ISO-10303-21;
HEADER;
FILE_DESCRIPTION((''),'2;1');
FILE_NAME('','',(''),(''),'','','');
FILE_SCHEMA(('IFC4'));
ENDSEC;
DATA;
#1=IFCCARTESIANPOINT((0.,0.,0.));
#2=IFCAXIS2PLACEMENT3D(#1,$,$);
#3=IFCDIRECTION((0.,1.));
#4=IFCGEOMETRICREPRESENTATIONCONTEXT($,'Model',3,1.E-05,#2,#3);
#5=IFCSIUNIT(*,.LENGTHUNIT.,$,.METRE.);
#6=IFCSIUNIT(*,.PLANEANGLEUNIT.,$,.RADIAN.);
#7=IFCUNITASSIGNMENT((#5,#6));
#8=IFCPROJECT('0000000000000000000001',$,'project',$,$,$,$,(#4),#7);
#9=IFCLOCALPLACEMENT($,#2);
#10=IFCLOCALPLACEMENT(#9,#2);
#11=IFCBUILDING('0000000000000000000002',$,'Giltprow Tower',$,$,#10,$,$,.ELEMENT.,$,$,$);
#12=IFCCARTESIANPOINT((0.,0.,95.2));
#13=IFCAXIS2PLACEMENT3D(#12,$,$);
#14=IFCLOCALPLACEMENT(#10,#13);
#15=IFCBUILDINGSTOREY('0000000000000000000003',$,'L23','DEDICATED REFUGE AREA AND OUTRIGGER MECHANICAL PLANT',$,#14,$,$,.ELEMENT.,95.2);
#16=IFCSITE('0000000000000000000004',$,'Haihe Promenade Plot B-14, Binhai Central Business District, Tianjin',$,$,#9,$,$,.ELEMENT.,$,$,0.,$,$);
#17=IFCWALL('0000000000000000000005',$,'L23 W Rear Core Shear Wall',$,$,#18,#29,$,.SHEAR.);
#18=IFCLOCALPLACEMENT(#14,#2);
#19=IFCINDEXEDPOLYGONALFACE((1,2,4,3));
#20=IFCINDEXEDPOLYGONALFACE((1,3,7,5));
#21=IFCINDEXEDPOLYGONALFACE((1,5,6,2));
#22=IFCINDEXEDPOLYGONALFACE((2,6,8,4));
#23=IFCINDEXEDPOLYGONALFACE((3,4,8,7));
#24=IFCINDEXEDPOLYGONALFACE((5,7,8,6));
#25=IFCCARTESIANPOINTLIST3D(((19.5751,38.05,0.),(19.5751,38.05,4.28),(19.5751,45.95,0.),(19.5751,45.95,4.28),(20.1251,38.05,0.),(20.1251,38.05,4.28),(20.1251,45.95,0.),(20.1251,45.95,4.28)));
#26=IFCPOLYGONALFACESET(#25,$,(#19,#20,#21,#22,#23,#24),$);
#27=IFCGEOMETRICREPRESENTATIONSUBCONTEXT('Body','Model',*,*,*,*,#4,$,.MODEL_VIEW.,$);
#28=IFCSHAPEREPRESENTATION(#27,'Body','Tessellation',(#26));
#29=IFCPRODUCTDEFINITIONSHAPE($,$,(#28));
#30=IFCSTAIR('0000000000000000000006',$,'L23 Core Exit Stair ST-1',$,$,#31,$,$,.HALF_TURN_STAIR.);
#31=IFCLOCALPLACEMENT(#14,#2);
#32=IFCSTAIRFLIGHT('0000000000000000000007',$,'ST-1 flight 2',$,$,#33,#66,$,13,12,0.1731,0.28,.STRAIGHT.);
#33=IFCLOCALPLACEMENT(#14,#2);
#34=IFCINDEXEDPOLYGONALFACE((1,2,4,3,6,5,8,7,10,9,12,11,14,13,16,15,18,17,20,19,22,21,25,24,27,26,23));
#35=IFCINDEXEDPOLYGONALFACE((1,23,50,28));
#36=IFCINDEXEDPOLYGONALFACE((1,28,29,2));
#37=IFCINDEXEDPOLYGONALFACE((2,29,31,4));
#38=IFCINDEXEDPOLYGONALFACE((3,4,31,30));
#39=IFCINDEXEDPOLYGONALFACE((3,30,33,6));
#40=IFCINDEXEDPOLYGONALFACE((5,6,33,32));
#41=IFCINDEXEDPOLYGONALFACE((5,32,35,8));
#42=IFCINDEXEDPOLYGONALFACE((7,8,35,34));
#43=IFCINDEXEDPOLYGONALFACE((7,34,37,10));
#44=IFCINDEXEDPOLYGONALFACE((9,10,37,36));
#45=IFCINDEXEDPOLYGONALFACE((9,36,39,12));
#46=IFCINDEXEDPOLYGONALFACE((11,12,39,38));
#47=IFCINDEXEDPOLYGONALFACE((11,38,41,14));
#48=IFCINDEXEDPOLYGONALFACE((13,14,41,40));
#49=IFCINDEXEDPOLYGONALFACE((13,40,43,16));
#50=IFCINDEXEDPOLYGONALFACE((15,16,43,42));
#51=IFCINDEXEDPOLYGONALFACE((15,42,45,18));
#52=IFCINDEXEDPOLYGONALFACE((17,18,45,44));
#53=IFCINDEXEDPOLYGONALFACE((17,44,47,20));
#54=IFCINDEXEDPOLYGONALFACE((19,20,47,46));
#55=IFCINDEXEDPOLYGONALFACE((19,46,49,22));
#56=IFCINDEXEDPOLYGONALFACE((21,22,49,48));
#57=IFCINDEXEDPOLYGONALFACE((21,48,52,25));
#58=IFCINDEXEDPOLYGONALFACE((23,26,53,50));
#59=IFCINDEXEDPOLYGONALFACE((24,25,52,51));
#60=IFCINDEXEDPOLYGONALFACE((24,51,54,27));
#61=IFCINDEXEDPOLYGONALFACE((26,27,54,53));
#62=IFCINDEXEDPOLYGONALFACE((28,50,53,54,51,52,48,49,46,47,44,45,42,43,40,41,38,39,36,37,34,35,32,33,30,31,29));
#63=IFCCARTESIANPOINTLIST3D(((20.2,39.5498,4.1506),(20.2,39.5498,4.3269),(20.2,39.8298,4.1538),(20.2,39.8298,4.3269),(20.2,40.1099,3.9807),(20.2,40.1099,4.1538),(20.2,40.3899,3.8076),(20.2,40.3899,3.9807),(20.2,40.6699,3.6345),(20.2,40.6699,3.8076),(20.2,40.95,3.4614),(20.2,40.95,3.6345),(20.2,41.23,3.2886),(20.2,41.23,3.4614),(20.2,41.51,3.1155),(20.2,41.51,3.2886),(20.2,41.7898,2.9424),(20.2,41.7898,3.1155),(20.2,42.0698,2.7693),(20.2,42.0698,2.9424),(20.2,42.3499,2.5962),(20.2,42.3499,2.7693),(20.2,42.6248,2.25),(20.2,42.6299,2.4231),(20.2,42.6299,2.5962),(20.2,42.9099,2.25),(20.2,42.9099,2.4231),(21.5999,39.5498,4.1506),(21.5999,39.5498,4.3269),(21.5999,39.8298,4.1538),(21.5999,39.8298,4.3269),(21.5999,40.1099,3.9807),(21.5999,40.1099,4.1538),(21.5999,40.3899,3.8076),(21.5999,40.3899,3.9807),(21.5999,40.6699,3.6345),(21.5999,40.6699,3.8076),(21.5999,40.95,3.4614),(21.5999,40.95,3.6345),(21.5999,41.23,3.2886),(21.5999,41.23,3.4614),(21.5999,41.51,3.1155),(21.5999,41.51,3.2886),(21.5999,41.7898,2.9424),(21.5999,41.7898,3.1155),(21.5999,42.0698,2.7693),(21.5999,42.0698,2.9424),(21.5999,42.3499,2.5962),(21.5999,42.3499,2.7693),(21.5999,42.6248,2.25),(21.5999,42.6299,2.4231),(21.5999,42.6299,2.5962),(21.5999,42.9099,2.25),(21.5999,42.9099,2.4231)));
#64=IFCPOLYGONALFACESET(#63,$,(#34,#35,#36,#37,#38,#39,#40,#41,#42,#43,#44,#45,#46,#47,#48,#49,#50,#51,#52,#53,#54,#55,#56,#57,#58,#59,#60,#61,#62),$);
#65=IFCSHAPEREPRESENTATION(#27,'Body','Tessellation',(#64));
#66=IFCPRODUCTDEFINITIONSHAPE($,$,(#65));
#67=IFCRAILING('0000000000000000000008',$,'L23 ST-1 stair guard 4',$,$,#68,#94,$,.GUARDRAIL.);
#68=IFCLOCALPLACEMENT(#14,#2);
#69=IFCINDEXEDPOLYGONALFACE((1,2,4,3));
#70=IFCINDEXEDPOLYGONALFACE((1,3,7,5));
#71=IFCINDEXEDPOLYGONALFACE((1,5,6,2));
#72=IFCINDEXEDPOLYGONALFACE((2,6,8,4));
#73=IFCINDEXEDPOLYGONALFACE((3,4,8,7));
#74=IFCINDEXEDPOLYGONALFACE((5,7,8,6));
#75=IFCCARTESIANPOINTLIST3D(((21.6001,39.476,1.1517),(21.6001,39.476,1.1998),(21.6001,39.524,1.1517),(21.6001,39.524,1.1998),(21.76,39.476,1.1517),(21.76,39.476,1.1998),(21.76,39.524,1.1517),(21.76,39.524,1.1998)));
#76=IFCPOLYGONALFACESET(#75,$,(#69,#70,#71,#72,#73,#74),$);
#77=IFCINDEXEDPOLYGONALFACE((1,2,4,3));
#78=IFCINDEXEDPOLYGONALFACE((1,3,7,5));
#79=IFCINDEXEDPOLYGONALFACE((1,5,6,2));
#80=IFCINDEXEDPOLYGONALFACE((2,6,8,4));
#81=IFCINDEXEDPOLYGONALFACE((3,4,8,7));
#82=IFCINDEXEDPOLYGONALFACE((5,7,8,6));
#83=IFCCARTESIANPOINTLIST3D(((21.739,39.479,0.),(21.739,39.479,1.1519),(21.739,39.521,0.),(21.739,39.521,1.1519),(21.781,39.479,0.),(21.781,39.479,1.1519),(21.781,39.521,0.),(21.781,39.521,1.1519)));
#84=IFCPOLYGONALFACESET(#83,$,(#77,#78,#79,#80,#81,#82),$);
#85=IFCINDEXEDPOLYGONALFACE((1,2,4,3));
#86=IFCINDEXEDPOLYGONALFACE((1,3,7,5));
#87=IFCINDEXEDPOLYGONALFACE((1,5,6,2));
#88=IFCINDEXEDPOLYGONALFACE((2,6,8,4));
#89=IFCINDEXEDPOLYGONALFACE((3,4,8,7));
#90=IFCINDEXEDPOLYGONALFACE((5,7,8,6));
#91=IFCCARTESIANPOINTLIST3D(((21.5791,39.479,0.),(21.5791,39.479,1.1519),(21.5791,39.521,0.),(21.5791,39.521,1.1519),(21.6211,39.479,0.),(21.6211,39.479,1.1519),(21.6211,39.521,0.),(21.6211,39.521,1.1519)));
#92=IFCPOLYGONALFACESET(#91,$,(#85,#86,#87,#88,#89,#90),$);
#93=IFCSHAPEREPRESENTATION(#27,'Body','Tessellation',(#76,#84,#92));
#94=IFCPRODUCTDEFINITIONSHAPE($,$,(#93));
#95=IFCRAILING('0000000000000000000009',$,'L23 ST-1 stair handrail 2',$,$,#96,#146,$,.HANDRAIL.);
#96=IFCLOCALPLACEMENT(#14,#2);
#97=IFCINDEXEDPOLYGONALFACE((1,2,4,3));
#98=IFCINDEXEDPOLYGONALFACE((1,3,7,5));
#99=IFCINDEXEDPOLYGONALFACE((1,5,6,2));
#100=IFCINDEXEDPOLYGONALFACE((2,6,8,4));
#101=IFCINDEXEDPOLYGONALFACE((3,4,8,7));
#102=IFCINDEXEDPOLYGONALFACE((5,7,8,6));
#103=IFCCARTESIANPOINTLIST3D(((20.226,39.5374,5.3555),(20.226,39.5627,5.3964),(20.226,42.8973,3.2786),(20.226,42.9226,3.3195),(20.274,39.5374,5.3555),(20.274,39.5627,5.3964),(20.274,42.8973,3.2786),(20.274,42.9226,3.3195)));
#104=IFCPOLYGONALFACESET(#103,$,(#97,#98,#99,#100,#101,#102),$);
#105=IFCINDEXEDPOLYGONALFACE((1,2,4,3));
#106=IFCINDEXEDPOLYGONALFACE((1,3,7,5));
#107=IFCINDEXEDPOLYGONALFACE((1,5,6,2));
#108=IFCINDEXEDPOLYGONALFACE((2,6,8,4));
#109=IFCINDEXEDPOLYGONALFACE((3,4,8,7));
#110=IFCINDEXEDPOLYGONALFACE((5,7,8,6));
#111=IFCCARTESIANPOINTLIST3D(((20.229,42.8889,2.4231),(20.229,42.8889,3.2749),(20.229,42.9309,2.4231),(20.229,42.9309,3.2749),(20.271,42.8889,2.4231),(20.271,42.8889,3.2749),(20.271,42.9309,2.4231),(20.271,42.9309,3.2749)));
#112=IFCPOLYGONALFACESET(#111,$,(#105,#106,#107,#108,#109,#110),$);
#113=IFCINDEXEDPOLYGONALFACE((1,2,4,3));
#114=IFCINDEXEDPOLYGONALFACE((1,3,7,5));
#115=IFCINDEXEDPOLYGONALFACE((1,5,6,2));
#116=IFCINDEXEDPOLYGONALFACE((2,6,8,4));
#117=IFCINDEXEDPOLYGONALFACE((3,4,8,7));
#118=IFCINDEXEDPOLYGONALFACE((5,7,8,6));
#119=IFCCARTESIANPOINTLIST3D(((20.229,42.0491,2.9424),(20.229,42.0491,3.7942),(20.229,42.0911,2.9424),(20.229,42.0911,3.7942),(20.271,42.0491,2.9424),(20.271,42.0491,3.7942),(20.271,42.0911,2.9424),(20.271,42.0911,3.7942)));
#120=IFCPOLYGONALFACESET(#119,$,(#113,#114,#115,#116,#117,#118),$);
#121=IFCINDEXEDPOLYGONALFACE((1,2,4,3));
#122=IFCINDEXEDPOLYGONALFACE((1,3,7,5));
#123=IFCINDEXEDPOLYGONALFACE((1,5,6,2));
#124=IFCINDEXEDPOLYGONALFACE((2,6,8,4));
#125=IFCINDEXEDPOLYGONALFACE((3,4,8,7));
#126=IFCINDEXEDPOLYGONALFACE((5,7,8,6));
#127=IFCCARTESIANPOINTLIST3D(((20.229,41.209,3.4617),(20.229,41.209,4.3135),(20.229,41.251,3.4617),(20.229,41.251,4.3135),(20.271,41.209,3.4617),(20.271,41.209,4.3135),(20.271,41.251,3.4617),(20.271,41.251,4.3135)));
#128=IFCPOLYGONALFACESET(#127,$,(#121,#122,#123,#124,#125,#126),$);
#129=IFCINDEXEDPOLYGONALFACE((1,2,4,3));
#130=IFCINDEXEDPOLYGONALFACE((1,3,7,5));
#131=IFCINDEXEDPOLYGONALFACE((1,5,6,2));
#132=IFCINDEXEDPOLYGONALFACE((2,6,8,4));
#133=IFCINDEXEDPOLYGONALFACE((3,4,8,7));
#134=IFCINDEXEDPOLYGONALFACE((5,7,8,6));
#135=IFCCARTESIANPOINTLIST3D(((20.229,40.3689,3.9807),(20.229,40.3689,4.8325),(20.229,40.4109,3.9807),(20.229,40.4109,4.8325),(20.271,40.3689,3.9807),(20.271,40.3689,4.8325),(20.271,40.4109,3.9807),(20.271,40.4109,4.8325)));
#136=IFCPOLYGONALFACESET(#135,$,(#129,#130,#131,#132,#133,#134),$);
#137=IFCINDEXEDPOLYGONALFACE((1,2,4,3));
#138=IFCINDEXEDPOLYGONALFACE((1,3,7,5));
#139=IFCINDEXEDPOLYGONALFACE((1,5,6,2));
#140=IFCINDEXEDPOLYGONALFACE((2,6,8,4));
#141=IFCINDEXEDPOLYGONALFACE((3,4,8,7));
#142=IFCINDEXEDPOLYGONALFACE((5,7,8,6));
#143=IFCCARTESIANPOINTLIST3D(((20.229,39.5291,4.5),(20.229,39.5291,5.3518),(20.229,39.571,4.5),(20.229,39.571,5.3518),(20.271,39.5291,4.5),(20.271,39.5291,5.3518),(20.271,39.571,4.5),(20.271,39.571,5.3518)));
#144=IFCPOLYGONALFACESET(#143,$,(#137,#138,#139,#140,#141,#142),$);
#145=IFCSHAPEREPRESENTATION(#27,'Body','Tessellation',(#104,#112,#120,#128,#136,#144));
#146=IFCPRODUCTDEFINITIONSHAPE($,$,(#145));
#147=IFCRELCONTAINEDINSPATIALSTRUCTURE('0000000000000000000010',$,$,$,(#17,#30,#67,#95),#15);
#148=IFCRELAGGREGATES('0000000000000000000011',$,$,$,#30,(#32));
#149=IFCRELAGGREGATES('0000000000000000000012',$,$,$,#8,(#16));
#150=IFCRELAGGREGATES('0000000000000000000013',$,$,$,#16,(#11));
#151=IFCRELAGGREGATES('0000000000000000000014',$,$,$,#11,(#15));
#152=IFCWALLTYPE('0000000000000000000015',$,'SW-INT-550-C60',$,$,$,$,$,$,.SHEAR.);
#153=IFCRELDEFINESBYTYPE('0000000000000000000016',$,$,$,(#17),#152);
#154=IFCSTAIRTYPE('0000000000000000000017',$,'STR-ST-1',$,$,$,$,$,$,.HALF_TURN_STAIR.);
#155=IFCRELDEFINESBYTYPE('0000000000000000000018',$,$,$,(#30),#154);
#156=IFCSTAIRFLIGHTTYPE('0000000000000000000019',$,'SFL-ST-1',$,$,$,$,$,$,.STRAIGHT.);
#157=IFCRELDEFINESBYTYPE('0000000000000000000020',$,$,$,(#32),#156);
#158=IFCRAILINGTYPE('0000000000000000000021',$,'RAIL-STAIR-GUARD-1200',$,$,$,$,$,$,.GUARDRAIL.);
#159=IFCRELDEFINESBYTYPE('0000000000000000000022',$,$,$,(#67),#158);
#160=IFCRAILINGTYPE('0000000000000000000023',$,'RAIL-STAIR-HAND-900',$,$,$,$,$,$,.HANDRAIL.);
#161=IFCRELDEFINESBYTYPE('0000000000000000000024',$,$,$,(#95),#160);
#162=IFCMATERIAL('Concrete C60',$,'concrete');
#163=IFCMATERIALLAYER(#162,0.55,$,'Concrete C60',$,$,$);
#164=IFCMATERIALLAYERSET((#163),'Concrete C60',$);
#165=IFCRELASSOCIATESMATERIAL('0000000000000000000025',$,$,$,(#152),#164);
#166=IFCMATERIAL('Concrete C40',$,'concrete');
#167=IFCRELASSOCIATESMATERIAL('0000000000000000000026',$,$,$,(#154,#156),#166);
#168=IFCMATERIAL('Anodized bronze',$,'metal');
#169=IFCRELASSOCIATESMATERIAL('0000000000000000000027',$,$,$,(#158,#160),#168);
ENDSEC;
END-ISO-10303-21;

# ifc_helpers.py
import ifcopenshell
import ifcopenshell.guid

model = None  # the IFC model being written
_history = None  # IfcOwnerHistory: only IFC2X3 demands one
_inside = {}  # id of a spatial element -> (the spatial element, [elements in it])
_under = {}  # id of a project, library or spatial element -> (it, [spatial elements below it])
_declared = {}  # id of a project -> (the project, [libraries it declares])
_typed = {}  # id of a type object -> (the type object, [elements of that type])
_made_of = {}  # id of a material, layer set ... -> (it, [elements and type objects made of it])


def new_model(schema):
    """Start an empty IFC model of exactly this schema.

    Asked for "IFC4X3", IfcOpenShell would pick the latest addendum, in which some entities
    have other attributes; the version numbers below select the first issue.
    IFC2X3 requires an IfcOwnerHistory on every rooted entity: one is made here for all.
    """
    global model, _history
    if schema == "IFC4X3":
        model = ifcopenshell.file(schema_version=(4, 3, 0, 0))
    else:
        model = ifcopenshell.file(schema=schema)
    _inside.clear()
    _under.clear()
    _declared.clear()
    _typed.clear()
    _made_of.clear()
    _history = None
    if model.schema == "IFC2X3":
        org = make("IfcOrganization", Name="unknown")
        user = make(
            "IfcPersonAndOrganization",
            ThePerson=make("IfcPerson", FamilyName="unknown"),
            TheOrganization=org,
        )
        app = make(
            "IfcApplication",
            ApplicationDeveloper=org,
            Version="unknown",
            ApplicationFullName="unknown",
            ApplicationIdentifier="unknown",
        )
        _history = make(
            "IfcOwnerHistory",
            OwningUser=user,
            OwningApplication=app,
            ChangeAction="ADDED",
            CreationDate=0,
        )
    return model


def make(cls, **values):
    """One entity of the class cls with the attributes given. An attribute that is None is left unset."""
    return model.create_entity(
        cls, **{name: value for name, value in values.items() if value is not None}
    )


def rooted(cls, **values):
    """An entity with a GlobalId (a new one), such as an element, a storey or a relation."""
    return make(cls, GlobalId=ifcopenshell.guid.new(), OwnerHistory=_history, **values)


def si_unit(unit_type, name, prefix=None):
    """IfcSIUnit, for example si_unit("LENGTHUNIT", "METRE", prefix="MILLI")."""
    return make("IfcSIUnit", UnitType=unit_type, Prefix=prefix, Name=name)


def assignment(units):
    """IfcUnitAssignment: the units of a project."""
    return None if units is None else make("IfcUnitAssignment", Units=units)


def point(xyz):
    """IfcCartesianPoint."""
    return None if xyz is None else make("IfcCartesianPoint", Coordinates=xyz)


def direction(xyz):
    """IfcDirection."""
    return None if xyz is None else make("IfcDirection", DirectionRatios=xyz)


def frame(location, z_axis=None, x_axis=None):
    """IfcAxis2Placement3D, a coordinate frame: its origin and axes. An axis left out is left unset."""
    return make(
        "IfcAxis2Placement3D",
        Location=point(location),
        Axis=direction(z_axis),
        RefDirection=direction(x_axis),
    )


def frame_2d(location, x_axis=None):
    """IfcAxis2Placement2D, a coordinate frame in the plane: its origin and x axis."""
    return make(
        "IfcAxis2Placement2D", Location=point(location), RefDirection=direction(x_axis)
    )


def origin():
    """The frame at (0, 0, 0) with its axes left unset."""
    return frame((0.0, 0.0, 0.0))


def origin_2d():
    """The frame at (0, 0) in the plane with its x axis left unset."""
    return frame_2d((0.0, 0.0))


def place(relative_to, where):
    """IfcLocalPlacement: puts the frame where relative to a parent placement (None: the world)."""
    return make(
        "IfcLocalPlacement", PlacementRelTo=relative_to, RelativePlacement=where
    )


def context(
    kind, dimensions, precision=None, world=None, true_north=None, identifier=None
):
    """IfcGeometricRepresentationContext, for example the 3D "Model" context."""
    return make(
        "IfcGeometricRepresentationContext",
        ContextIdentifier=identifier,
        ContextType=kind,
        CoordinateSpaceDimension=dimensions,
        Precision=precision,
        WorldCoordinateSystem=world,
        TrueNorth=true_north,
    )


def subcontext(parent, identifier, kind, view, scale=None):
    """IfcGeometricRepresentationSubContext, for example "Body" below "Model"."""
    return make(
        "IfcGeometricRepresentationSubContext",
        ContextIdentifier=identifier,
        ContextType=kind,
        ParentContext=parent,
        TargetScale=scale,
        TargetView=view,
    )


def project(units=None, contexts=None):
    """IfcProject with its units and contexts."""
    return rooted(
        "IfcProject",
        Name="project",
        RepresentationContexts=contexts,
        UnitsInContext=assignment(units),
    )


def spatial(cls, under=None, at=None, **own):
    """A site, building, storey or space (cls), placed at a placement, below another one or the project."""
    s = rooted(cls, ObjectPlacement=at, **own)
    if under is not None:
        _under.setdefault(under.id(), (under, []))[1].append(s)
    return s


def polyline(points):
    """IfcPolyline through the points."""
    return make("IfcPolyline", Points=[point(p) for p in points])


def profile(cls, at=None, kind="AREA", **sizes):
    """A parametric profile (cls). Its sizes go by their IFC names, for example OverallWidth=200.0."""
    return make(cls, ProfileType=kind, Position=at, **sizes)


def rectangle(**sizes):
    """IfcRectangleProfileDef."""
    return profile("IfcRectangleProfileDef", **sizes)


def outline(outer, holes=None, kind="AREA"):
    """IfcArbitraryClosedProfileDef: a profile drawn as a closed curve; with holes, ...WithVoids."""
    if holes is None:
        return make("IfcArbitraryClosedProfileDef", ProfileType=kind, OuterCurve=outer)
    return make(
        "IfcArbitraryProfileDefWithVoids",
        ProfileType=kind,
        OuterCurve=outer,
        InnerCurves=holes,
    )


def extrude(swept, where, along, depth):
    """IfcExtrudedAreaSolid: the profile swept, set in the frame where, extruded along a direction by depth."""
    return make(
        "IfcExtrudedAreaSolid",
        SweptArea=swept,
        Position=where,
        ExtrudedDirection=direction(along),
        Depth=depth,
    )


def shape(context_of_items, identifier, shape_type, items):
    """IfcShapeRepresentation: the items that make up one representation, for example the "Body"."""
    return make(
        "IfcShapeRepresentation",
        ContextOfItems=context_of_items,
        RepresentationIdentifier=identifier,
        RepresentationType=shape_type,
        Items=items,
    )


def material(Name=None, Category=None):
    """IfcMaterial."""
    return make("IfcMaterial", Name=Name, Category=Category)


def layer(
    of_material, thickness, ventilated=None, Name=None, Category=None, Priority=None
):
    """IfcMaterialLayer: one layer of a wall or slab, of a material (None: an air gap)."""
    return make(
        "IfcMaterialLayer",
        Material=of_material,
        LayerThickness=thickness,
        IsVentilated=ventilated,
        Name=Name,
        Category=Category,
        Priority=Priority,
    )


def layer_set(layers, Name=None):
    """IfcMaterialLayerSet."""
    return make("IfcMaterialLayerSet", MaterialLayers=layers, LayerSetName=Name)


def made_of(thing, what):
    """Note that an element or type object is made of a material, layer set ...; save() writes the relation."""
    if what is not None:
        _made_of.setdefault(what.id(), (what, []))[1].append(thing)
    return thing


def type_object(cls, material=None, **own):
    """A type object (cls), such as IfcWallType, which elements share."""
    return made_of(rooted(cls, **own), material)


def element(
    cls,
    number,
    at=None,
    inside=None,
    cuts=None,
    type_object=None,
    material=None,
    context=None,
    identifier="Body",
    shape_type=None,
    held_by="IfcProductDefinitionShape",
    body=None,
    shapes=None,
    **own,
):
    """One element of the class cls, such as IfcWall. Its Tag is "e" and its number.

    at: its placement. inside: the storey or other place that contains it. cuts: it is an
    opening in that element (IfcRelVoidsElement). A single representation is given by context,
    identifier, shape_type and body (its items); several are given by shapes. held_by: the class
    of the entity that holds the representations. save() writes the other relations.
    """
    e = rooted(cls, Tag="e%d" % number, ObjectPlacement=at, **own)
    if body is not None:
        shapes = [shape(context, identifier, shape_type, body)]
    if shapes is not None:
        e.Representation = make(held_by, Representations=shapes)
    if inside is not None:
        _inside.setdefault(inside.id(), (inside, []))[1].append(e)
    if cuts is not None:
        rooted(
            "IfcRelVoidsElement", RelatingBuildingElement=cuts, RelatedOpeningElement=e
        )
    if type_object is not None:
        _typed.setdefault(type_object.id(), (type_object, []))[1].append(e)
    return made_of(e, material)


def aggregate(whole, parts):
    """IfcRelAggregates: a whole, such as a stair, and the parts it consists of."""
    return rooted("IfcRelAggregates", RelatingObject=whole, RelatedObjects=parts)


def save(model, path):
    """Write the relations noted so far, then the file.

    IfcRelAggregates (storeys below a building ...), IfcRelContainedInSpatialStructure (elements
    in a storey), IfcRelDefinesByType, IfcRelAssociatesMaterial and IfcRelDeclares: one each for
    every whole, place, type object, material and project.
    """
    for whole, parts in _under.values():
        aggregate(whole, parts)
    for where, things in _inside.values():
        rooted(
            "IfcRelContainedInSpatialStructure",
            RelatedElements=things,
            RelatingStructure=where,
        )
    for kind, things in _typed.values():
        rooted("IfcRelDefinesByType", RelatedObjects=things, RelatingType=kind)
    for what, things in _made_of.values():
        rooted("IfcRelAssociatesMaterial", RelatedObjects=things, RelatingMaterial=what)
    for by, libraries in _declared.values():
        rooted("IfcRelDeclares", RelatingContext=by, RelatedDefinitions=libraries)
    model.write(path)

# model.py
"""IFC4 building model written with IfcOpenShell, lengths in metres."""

from ifc_helpers import new_model, si_unit, direction, frame, frame_2d, origin, origin_2d, place, context, subcontext, project, spatial, polyline, rectangle, outline, extrude, material, layer, layer_set, type_object, element, aggregate, save


model = new_model("IFC4")

# Units and contexts
model_context = context("Model", 3, precision=1e-05, world=origin(), true_north=direction((0.0, 1.0)))
body_context = subcontext(model_context, "Body", "Model", "MODEL_VIEW")
ifc_project = project(units=[si_unit("LENGTHUNIT", "METRE"), si_unit("PLANEANGLEUNIT", "RADIAN")], contexts=[model_context])

# Site, building, storey
site_placement = place(None, origin())
site = spatial("IfcSite", under=ifc_project, at=site_placement, Name="Haihe Promenade Plot B-14, Binhai Central Business District, Tianjin", CompositionType="ELEMENT", RefElevation=0.0)
building_placement = place(site_placement, origin())
building = spatial("IfcBuilding", under=site, at=building_placement, Name="Giltprow Tower", CompositionType="ELEMENT")
storey_placement = place(building_placement, frame((0.0, 0.0, 95.2)))
storey = spatial("IfcBuildingStorey", under=building, at=storey_placement, Name="L23", Description="DEDICATED REFUGE AREA AND OUTRIGGER MECHANICAL PLANT", CompositionType="ELEMENT", Elevation=95.2)

# Shared definitions
ifc_material_1 = material(Name="Concrete C60", Category="concrete")

# Shared definitions
ifc_material_2 = material(Name="Concrete C40", Category="concrete")

# Shared definitions
ifc_layer_1 = layer(ifc_material_1, 0.55, Name="Concrete C60")
ifc_layer_set_1 = layer_set([ifc_layer_1], Name="Concrete C60")
wall_type_1 = type_object("IfcWallType", Name="SW-INT-550-C60", PredefinedType="SHEAR", material=ifc_layer_set_1)

# Wall
wall_1_placement = place(storey_placement, frame((19.8501, 38.05, 0.0), z_axis=(0.0, 0.0, 1.0), x_axis=(0.0, 1.0, 0.0)))
element("IfcWall", 1, at=wall_1_placement, inside=storey, type_object=wall_type_1, Name="L23 W Rear Core Shear Wall", PredefinedType="SHEAR", context=body_context, shape_type="SweptSolid", body=[
    extrude(rectangle(XDim=7.8999, YDim=0.55, at=frame_2d((3.95, 0.0))), origin(), (0.0, 0.0, 1.0), 4.28),
])

# Stair, stair flight
stair_type = type_object("IfcStairType", Name="STR-ST-1", PredefinedType="HALF_TURN_STAIR", material=ifc_material_2)
stair_placement = place(storey_placement, origin())
stair = element("IfcStair", 2, at=stair_placement, inside=storey, type_object=stair_type, Name="L23 Core Exit Stair ST-1", PredefinedType="HALF_TURN_STAIR")
stair_flight_type = type_object("IfcStairFlightType", Name="SFL-ST-1", PredefinedType="STRAIGHT", material=ifc_material_2)
stair_flight_placement = place(storey_placement, frame((20.8999, 42.9099, 2.25), z_axis=(0.0, 0.0, 1.0), x_axis=(0.0, -1.0, 0.0)))
stair_flight = element("IfcStairFlight", 3, at=stair_flight_placement, type_object=stair_flight_type, Name="ST-1 flight 2", NumberOfRisers=13, NumberOfTreads=12, PredefinedType="STRAIGHT", RiserHeight=0.1731, TreadLength=0.28, context=body_context, shape_type="SweptSolid", body=[
    extrude(outline(polyline([(0.0, 0.0), (0.0, 0.1731), (0.28, 0.1731), (0.28, 0.3462), (0.5601, 0.3462), (0.5601, 0.5193), (0.8401, 0.5193), (0.8401, 0.6924), (1.1201, 0.6924), (1.1201, 0.8655), (1.3999, 0.8655), (1.3999, 1.0386), (1.6799, 1.0386), (1.6799, 1.2114), (1.96, 1.2114), (1.96, 1.3845), (2.24, 1.3845), (2.24, 1.5576), (2.52, 1.5576), (2.52, 1.7307), (2.8, 1.7307), (2.8, 1.9038), (3.0801, 1.9038), (3.0801, 2.0769), (3.3601, 2.0769), (3.3601, 2.25), (3.3601, 1.9006), (0.2852, 0.0), (0.0, 0.0)])), frame((0.0, 0.7, 0.0), z_axis=(0.0, -1.0, 0.0), x_axis=(1.0, 0.0, 0.0)), (0.0, 0.0, 1.0), 1.3999),
])
aggregate(stair, [stair_flight])

# Railings
ifc_material_3 = material(Name="Anodized bronze", Category="metal")
railing_type_1 = type_object("IfcRailingType", Name="RAIL-STAIR-GUARD-1200", PredefinedType="GUARDRAIL", material=ifc_material_3)
railing_1_placement = place(storey_placement, frame((21.76, 39.5, 0.0)))
element("IfcRailing", 4, at=railing_1_placement, inside=storey, type_object=railing_type_1, Name="L23 ST-1 stair guard 4", PredefinedType="GUARDRAIL", context=body_context, shape_type="SweptSolid", body=[
    extrude(rectangle(XDim=0.0481, YDim=0.0481, at=origin_2d()), frame((0.0, 0.0, 1.1758), z_axis=(-1.0, 0.0, 0.0), x_axis=(0.0, -1.0, 0.0)), (0.0, 0.0, 1.0), 0.1599),
    extrude(rectangle(XDim=0.042, YDim=0.042, at=origin_2d()), origin(), (0.0, 0.0, 1.0), 1.1519),
    extrude(rectangle(XDim=0.042, YDim=0.042, at=origin_2d()), frame((-0.1599, 0.0, 0.0)), (0.0, 0.0, 1.0), 1.1519),
])
railing_type_2 = type_object("IfcRailingType", Name="RAIL-STAIR-HAND-900", PredefinedType="HANDRAIL", material=ifc_material_3)
railing_2_placement = place(storey_placement, frame((20.25, 42.9099, 2.4231)))
element("IfcRailing", 5, at=railing_2_placement, inside=storey, type_object=railing_type_2, Name="L23 ST-1 stair handrail 2", PredefinedType="HANDRAIL", context=body_context, shape_type="SweptSolid", body=[
    extrude(rectangle(XDim=0.0481, YDim=0.0481, at=origin_2d()), frame((0.0, 0.0, 0.876), z_axis=(0.0, -0.850606, 0.525803), x_axis=(1.0, 0.0, 0.0)), (0.0, 0.0, 1.0), 3.95),
    extrude(rectangle(XDim=0.042, YDim=0.042, at=origin_2d()), origin(), (0.0, 0.0, 1.0), 0.8518),
    extrude(rectangle(XDim=0.042, YDim=0.042, at=origin_2d()), frame((0.0, -0.8398, 0.5193)), (0.0, 0.0, 1.0), 0.8518),
    extrude(rectangle(XDim=0.042, YDim=0.042, at=origin_2d()), frame((0.0, -1.6799, 1.0386)), (0.0, 0.0, 1.0), 0.8518),
    extrude(rectangle(XDim=0.042, YDim=0.042, at=origin_2d()), frame((0.0, -2.52, 1.5576)), (0.0, 0.0, 1.0), 0.8518),
    extrude(rectangle(XDim=0.042, YDim=0.042, at=origin_2d()), frame((0.0, -3.3599, 2.0769)), (0.0, 0.0, 1.0), 0.8518),
])

save(model, "model.ifc")
